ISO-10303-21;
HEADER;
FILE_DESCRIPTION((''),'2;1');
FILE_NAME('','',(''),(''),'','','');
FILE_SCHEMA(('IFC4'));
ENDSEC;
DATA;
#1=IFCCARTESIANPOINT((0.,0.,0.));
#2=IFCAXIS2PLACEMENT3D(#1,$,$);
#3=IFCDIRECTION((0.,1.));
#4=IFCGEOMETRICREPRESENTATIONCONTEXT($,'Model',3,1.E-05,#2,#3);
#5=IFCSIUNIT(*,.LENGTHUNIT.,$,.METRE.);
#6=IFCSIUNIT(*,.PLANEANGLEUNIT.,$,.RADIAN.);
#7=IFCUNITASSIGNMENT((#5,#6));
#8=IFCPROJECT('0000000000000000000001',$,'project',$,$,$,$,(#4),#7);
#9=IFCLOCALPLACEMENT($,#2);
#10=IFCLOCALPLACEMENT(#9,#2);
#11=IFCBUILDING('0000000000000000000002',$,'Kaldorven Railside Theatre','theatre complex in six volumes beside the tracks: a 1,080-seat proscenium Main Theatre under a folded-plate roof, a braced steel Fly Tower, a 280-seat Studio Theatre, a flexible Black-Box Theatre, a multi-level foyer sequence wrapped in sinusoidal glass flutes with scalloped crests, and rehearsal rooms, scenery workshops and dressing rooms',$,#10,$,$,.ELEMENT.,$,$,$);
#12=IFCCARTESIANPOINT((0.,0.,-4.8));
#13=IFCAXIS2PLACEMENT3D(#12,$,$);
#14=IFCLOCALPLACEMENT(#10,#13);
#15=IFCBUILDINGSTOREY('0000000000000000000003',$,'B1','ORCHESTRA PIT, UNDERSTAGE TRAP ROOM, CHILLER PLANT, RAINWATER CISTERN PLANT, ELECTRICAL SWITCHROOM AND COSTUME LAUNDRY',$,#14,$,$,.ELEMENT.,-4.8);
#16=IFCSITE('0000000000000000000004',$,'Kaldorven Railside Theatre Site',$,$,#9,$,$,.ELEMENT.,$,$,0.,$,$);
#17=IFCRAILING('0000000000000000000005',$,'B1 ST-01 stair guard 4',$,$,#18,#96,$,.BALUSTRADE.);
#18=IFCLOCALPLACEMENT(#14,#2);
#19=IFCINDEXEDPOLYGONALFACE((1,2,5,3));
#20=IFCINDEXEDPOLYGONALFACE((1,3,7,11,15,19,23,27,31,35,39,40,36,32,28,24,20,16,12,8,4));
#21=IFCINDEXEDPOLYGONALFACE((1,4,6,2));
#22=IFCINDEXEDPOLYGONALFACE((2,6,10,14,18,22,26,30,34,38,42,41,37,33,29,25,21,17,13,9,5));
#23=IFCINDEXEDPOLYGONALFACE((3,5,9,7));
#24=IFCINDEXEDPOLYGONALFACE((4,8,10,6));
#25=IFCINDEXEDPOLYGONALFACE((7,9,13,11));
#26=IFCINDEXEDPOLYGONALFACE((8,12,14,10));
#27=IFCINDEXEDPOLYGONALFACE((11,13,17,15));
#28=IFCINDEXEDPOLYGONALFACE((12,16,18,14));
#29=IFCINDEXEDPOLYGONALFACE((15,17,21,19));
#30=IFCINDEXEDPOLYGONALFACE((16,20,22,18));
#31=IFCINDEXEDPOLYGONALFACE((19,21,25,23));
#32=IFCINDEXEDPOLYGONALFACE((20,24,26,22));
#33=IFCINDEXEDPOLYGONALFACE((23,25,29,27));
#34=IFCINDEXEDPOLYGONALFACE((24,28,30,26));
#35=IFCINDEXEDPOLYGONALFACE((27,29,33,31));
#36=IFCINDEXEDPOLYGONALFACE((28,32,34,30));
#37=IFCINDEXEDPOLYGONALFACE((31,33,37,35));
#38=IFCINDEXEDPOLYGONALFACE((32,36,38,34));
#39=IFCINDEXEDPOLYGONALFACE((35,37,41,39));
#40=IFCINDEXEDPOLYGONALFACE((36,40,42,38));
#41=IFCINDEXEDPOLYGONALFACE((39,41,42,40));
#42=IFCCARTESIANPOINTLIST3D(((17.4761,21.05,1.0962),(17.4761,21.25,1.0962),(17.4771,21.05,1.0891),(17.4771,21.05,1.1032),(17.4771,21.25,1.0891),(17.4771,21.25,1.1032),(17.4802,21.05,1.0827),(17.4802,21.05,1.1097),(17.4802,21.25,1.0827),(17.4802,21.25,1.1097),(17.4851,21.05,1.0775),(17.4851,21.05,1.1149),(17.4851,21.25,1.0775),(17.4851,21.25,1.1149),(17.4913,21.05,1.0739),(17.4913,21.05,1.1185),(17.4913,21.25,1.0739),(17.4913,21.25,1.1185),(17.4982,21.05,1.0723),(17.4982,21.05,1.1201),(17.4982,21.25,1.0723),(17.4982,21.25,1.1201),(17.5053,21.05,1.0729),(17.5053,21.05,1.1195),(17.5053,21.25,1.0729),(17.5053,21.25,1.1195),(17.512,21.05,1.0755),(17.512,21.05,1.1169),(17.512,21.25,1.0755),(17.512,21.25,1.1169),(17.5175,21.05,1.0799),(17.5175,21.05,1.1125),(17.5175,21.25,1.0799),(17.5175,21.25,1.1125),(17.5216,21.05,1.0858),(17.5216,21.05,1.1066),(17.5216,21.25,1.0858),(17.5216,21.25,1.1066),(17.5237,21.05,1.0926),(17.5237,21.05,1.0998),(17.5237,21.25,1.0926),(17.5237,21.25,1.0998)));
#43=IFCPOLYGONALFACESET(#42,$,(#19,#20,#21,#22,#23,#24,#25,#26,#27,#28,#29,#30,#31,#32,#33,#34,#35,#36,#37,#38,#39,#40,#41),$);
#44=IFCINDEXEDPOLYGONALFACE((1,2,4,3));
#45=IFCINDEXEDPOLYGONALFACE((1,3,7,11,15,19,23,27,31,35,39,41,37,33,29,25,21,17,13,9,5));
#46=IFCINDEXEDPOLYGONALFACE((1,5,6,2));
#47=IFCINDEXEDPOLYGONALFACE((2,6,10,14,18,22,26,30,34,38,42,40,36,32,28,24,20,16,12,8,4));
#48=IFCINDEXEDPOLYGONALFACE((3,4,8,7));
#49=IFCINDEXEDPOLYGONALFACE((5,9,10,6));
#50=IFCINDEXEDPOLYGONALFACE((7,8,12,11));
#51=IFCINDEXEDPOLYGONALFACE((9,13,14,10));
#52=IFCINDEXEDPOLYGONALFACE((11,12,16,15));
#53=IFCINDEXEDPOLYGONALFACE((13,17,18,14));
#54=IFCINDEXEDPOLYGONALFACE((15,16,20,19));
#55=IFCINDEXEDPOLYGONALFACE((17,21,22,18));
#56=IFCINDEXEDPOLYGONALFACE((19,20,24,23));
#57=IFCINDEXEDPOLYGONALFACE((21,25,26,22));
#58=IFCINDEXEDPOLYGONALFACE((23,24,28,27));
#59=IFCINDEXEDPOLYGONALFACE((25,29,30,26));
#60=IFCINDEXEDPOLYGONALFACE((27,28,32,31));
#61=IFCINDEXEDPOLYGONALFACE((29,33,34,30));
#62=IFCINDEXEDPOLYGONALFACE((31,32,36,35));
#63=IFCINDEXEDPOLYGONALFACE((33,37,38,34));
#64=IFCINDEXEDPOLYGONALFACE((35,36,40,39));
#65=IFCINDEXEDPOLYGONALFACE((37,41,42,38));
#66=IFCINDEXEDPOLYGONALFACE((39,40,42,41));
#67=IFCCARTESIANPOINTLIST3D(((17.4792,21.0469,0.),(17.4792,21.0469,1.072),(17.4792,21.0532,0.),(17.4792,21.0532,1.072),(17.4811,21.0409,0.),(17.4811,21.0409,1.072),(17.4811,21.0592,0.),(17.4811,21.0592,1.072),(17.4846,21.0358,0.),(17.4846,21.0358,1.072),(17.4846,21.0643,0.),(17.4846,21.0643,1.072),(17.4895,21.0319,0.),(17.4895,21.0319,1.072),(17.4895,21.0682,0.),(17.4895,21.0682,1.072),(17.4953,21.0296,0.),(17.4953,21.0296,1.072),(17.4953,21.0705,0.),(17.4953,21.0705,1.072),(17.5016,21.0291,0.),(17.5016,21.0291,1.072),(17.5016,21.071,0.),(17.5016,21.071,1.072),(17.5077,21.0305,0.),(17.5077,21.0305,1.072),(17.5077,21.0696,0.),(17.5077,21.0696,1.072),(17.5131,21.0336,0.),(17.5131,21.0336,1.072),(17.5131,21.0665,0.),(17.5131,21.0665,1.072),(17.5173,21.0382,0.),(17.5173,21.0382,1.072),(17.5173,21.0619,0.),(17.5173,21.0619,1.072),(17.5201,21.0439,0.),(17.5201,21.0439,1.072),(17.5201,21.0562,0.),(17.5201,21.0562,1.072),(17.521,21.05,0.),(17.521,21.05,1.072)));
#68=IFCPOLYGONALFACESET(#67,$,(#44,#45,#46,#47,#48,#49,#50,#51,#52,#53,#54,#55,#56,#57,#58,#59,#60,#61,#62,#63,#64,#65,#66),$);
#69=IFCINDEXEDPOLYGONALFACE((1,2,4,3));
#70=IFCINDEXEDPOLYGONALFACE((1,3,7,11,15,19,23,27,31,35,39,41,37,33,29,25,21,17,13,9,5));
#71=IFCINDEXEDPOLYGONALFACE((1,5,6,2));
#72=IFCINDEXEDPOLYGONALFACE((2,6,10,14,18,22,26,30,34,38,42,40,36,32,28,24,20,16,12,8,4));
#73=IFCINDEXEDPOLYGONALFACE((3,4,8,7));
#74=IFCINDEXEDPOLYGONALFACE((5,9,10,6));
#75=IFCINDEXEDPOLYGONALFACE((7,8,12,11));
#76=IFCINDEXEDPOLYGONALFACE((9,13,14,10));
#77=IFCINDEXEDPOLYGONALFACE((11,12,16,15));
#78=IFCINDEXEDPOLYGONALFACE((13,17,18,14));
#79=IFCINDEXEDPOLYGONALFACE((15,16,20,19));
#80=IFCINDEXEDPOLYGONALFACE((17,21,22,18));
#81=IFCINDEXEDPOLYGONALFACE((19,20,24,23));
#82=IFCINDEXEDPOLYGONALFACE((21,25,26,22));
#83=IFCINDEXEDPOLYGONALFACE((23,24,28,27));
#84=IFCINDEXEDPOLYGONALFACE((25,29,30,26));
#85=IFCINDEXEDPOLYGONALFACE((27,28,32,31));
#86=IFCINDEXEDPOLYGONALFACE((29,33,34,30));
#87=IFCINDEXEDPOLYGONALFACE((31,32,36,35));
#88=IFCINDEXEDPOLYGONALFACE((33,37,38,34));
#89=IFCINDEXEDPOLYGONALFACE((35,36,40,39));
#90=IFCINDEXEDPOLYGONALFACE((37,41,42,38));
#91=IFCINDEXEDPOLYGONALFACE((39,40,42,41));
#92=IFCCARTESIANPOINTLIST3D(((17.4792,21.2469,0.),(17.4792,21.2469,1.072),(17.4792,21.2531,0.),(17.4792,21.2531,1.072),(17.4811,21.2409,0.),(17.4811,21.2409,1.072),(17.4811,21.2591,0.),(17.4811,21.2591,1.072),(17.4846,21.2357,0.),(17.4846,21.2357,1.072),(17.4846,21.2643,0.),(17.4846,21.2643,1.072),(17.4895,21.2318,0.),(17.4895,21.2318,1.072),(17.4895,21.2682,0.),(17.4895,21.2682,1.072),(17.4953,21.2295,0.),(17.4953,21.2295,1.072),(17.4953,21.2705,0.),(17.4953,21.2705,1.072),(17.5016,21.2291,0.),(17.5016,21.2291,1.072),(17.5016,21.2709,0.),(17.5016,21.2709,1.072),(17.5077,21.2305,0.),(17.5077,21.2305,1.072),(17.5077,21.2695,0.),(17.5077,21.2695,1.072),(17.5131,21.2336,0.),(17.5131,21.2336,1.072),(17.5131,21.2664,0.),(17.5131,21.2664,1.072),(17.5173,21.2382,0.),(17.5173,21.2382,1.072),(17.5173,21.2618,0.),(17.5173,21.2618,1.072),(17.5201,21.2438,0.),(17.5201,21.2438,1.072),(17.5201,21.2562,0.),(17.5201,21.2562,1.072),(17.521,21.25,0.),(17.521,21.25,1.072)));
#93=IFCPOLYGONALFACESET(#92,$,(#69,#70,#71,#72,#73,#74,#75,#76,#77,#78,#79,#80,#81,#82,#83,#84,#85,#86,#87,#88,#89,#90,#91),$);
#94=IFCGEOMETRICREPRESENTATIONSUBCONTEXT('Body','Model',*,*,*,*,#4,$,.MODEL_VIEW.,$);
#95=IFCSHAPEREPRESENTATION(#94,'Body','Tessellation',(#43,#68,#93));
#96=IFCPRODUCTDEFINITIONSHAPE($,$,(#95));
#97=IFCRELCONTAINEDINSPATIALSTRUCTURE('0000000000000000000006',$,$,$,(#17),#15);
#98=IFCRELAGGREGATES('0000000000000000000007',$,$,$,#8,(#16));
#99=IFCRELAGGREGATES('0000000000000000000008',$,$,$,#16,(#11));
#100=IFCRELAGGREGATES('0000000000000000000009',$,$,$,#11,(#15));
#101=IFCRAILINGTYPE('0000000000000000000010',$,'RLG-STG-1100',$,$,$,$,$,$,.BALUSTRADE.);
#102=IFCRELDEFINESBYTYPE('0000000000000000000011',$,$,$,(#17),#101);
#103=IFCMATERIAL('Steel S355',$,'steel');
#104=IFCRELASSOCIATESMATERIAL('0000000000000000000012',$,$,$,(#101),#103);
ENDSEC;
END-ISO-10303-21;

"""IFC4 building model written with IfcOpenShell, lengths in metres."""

from ifc_helpers import new_model, si_unit, direction, frame, origin, origin_2d, place, context, subcontext, project, spatial, circle, extrude, material, type_object, element, save


model = new_model("IFC4")

# Units and contexts
model_context = context("Model", 3, precision=1e-05, world=origin(), true_north=direction((0.0, 1.0)))
body_context = subcontext(model_context, "Body", "Model", "MODEL_VIEW")
ifc_project = project(units=[si_unit("LENGTHUNIT", "METRE"), si_unit("PLANEANGLEUNIT", "RADIAN")], contexts=[model_context])

# Site, building, storey
site_placement = place(None, origin())
site = spatial("IfcSite", under=ifc_project, at=site_placement, Name="Kaldorven Railside Theatre Site", CompositionType="ELEMENT", RefElevation=0.0)
building_placement = place(site_placement, origin())
building = spatial("IfcBuilding", under=site, at=building_placement, Name="Kaldorven Railside Theatre", Description="theatre complex in six volumes beside the tracks: a 1,080-seat proscenium Main Theatre under a folded-plate roof, a braced steel Fly Tower, a 280-seat Studio Theatre, a flexible Black-Box Theatre, a multi-level foyer sequence wrapped in sinusoidal glass flutes with scalloped crests, and rehearsal rooms, scenery workshops and dressing rooms", CompositionType="ELEMENT")
storey_placement = place(building_placement, frame((0.0, 0.0, -4.8)))
storey = spatial("IfcBuildingStorey", under=building, at=storey_placement, Name="B1", Description="ORCHESTRA PIT, UNDERSTAGE TRAP ROOM, CHILLER PLANT, RAINWATER CISTERN PLANT, ELECTRICAL SWITCHROOM AND COSTUME LAUNDRY", CompositionType="ELEMENT", Elevation=-4.8)

# Railing
ifc_material_1 = material(Name="Steel S355", Category="steel")
railing_type_1 = type_object("IfcRailingType", Name="RLG-STG-1100", PredefinedType="BALUSTRADE", material=ifc_material_1)
railing_1_placement = place(storey_placement, frame((17.5, 21.05, 0.0)))
element("IfcRailing", 1, at=railing_1_placement, inside=storey, type_object=railing_type_1, Name="B1 ST-01 stair guard 4", PredefinedType="BALUSTRADE", context=body_context, shape_type="SweptSolid", body=[
    extrude(circle(Radius=0.0239, at=origin_2d()), frame((0.0, 0.0, 1.0962), z_axis=(0.0, 1.0, 0.0), x_axis=(-1.0, 0.0, 0.0)), (0.0, 0.0, 1.0), 0.2),
    extrude(circle(Radius=0.021, at=origin_2d()), origin(), (0.0, 0.0, 1.0), 1.072),
    extrude(circle(Radius=0.021, at=origin_2d()), frame((0.0, 0.2, 0.0)), (0.0, 0.0, 1.0), 1.072),
])

save(model, "model.ifc")
